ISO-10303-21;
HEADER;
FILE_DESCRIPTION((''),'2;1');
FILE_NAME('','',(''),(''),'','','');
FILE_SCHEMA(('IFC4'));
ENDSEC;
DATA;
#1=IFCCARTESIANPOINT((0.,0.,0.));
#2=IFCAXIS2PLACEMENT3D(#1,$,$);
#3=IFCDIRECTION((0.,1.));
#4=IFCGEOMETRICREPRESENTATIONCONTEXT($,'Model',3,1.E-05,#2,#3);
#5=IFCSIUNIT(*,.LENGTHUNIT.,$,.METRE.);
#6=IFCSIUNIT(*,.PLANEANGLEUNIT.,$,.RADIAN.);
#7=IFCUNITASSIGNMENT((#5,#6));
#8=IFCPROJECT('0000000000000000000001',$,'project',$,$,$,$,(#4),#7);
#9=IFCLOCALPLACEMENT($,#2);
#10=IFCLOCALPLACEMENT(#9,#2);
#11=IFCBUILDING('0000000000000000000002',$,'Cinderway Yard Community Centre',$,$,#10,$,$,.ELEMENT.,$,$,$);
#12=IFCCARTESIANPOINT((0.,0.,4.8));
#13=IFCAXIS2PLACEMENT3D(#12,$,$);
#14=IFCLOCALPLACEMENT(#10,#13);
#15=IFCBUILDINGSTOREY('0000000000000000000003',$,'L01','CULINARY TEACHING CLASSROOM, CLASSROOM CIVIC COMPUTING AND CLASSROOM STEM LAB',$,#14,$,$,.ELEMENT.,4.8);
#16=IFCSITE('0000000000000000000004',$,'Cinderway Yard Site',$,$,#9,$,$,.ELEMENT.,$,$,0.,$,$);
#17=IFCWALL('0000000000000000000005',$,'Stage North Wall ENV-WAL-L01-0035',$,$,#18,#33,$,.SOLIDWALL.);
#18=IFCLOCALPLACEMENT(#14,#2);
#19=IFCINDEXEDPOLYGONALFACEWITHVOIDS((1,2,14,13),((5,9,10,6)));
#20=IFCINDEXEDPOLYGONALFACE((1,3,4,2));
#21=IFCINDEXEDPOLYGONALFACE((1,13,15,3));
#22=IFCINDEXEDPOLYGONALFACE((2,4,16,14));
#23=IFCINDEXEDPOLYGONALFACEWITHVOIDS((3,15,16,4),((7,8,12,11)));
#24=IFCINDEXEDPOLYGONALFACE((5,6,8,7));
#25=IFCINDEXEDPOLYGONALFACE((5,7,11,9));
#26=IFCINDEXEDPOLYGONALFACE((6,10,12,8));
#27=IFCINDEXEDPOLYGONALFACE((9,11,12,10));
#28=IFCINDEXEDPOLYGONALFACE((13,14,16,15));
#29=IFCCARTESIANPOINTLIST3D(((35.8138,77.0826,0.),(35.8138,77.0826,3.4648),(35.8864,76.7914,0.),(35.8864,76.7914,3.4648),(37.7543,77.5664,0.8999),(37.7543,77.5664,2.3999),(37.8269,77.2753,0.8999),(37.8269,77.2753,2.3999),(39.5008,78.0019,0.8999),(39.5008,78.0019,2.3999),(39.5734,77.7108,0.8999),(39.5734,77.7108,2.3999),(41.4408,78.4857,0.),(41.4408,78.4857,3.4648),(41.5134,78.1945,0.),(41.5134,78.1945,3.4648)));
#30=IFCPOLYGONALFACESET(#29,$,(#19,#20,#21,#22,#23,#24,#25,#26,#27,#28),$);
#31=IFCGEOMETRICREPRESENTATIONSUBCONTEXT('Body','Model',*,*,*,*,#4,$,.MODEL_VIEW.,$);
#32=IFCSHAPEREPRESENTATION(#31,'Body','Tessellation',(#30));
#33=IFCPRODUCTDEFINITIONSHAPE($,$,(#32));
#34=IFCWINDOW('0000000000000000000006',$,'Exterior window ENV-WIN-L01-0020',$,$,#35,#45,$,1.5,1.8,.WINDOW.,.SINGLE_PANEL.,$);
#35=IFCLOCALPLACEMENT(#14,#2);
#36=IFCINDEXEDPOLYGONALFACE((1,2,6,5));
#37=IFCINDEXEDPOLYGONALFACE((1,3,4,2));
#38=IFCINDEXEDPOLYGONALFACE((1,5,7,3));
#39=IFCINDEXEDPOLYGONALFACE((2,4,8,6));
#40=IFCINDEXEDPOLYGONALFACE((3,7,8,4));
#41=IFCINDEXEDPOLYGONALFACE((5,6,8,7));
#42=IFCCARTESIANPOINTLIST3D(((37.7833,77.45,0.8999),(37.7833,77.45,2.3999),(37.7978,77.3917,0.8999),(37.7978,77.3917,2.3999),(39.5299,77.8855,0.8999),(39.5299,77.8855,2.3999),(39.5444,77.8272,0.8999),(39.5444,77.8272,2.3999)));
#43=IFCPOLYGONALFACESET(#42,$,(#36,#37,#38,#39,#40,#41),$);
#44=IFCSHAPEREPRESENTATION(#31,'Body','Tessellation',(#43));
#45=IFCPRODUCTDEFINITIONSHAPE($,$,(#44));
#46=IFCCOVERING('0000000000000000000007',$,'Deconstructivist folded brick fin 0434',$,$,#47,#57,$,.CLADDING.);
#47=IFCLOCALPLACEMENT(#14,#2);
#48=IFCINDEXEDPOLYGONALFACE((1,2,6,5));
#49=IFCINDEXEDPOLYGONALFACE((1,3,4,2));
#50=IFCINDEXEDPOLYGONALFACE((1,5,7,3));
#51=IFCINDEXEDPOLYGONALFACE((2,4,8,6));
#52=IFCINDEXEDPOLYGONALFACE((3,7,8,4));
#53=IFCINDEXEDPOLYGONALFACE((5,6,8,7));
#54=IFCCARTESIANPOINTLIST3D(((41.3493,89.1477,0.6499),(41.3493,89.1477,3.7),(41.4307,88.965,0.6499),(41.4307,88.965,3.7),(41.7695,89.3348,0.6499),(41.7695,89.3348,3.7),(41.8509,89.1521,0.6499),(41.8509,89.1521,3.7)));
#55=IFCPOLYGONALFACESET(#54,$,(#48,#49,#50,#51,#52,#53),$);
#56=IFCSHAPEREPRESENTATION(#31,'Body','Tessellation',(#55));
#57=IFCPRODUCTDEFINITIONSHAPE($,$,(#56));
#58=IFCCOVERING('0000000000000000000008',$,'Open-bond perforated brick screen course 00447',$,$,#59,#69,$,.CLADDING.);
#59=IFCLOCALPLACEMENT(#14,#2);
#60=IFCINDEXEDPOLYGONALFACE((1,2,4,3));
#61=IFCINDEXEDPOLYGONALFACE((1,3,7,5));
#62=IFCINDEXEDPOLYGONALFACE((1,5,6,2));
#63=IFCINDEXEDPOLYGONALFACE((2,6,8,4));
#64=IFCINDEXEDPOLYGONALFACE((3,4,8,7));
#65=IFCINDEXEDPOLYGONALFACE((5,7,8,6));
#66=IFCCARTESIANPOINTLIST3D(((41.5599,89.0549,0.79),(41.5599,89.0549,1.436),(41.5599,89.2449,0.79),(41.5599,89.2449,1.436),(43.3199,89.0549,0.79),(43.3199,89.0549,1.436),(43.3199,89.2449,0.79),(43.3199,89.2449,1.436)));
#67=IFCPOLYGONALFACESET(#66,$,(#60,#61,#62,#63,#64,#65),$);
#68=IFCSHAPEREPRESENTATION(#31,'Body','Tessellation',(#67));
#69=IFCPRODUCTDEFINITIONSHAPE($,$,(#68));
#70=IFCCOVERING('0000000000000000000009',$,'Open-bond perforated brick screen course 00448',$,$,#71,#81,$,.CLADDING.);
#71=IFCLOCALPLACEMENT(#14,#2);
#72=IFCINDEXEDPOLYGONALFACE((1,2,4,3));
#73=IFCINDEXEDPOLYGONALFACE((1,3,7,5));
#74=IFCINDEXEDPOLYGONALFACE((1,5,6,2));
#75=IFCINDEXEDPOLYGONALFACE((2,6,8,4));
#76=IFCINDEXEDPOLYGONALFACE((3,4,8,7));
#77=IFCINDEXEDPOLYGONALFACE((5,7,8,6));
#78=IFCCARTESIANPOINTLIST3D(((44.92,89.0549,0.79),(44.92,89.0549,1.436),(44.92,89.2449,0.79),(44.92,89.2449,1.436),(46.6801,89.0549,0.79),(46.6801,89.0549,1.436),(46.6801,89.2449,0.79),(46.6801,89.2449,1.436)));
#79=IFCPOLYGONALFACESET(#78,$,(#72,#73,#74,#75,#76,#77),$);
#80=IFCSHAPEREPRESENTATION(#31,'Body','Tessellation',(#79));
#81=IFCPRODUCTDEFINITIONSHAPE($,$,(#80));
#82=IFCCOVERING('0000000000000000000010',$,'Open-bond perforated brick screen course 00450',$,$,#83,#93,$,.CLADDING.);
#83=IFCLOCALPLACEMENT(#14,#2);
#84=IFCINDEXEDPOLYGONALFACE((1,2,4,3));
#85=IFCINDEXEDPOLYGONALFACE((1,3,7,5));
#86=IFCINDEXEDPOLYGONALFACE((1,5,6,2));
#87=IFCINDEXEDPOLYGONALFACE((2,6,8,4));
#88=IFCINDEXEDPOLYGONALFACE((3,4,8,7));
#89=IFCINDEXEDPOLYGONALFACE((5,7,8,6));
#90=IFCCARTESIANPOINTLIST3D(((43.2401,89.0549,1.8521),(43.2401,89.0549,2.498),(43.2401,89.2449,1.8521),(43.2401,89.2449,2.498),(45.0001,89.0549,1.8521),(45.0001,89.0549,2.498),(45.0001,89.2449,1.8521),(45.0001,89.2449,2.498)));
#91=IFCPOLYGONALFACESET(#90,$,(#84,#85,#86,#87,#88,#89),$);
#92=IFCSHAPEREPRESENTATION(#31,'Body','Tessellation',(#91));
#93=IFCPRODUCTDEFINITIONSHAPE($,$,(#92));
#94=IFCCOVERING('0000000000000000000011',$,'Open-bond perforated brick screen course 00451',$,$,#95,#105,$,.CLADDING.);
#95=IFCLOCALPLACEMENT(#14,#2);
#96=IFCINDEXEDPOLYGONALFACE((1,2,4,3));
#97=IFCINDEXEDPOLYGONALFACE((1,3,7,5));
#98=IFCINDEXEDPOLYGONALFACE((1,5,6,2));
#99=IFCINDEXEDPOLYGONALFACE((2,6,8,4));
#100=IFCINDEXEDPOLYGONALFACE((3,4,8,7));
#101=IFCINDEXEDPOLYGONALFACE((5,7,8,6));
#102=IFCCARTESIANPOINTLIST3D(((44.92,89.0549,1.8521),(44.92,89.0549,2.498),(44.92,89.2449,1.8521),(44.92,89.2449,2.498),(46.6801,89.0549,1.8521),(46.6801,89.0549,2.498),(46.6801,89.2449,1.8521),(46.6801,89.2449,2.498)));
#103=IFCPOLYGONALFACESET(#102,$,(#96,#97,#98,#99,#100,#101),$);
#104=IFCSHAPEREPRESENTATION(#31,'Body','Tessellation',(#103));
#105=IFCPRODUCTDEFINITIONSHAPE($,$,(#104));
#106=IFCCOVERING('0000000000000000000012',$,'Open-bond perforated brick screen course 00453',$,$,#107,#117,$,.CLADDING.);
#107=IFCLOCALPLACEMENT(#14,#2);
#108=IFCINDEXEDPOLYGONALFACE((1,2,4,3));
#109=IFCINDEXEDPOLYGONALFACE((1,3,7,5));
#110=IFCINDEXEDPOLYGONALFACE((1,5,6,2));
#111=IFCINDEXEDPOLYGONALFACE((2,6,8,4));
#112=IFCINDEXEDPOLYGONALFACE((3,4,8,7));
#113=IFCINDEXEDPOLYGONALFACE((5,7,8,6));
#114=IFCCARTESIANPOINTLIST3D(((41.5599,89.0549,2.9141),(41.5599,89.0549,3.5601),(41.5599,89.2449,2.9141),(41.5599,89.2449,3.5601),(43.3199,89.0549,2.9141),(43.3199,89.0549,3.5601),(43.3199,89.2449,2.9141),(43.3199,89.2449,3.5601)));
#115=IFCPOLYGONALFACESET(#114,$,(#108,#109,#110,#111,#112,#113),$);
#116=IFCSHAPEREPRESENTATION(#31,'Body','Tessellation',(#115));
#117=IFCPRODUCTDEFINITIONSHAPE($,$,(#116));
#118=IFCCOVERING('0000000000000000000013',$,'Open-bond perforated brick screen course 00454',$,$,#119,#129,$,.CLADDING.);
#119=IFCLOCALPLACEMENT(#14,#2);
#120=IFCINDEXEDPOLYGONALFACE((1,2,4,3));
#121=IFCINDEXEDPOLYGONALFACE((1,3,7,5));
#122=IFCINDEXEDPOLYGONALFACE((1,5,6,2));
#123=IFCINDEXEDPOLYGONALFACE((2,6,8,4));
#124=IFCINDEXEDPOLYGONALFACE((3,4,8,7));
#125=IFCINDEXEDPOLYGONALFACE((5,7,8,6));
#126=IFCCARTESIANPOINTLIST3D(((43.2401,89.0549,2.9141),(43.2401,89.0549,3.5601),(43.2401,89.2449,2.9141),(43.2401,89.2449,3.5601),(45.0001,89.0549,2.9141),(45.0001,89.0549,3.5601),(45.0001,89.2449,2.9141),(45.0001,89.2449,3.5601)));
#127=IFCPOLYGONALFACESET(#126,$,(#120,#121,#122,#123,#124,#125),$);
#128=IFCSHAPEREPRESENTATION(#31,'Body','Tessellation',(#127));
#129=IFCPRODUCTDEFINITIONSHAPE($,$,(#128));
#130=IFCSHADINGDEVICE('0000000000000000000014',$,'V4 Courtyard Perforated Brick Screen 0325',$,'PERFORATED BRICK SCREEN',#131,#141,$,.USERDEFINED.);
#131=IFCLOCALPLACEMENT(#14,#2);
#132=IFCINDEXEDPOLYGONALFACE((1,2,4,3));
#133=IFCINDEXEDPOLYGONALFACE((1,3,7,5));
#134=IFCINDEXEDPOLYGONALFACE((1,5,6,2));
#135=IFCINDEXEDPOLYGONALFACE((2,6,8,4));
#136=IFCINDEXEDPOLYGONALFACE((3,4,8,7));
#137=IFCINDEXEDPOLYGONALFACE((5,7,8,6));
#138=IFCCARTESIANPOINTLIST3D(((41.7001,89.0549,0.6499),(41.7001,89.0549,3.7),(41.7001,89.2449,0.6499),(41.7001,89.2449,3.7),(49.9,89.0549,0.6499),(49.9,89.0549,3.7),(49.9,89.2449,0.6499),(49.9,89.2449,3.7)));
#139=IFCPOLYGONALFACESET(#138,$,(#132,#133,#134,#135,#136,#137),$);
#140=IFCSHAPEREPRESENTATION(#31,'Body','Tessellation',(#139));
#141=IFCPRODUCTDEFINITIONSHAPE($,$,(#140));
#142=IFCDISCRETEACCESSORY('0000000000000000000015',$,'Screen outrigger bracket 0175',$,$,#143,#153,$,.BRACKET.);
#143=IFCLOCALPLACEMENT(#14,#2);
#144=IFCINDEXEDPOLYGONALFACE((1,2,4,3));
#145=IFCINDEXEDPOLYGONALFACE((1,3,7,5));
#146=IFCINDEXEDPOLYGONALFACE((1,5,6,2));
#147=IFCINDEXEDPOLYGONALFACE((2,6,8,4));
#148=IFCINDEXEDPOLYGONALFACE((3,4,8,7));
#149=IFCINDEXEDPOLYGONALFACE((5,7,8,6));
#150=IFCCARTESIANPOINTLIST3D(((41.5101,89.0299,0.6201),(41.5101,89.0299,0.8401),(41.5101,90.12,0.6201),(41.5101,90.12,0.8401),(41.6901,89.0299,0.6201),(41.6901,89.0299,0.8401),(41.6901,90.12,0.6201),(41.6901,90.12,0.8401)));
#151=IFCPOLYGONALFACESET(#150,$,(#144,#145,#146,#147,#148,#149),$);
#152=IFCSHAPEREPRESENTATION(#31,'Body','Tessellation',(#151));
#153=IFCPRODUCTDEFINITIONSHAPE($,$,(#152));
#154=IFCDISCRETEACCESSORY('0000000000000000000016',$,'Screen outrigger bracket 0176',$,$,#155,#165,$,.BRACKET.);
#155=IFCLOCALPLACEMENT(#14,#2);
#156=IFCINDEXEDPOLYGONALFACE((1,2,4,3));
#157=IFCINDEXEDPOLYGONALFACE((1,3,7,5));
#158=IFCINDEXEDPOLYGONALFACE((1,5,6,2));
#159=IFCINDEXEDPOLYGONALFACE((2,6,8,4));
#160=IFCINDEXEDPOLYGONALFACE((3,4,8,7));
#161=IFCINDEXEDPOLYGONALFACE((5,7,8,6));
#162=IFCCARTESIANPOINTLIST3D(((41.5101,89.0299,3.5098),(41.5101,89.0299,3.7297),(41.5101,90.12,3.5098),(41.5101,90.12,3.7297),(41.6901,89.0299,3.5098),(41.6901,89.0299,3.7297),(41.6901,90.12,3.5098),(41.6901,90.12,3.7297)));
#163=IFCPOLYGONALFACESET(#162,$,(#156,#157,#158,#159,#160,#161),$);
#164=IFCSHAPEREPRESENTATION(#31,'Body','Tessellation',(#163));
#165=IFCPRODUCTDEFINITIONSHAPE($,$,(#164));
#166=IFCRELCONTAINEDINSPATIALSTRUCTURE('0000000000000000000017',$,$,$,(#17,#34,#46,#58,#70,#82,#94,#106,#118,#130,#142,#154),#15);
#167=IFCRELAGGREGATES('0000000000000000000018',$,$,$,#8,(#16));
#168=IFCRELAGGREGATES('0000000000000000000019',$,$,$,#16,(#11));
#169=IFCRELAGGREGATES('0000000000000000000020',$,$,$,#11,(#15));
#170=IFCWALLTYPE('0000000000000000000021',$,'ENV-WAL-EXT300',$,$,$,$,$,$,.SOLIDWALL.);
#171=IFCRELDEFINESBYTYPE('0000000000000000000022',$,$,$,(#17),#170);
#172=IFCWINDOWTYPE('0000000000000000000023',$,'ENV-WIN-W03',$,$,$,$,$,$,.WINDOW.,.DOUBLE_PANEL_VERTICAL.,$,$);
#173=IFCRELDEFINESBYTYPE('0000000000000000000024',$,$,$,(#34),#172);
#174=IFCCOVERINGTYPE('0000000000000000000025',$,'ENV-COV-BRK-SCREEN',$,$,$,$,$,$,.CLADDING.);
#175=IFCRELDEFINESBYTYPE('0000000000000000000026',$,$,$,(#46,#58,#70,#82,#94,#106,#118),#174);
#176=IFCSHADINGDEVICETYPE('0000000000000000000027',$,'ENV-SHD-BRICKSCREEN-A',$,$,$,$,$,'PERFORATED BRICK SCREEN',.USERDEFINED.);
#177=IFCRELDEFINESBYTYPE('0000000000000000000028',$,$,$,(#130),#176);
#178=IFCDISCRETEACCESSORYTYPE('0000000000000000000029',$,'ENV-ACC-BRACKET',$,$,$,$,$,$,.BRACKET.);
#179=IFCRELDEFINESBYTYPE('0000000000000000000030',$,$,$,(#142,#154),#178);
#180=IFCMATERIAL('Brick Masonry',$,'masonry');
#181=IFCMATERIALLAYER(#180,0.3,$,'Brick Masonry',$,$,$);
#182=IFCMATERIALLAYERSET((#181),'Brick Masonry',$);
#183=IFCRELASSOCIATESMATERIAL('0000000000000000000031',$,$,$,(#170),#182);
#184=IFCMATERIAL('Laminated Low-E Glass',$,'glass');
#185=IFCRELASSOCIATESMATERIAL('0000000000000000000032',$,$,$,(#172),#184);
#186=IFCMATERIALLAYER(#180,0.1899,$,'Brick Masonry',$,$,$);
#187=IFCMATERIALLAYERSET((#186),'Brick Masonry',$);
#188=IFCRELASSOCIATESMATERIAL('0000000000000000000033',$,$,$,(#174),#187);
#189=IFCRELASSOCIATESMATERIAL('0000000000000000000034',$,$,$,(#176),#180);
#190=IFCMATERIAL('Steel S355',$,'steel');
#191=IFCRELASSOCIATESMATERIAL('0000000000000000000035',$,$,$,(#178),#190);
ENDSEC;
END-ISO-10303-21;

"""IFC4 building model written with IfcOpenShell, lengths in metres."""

from ifc_helpers import new_model, si_unit, direction, frame, frame_2d, origin, origin_2d, place, context, subcontext, project, spatial, rectangle, extrude, material, layer, layer_set, type_object, element, fill, save


model = new_model("IFC4")

# Units and contexts
model_context = context("Model", 3, precision=1e-05, world=origin(), true_north=direction((0.0, 1.0)))
body_context = subcontext(model_context, "Body", "Model", "MODEL_VIEW")
ifc_project = project(units=[si_unit("LENGTHUNIT", "METRE"), si_unit("PLANEANGLEUNIT", "RADIAN")], contexts=[model_context])

# Site, building, storey
site_placement = place(None, origin())
site = spatial("IfcSite", under=ifc_project, at=site_placement, Name="Cinderway Yard Site", CompositionType="ELEMENT", RefElevation=0.0)
building_placement = place(site_placement, origin())
building = spatial("IfcBuilding", under=site, at=building_placement, Name="Cinderway Yard Community Centre", CompositionType="ELEMENT")
storey_placement = place(building_placement, frame((0.0, 0.0, 4.8)))
storey = spatial("IfcBuildingStorey", under=building, at=storey_placement, Name="L01", Description="CULINARY TEACHING CLASSROOM, CLASSROOM CIVIC COMPUTING AND CLASSROOM STEM LAB", CompositionType="ELEMENT", Elevation=4.8)

# Shared definitions
ifc_material_1 = material(Name="Steel S355", Category="steel")

# Wall, opening, window
ifc_material_2 = material(Name="Brick Masonry", Category="masonry")
ifc_layer_1 = layer(ifc_material_2, 0.3, Name="Brick Masonry")
ifc_layer_set_1 = layer_set([ifc_layer_1], Name="Brick Masonry")
wall_type_1 = type_object("IfcWallType", Name="ENV-WAL-EXT300", PredefinedType="SOLIDWALL", material=ifc_layer_set_1)
wall_1_placement = place(storey_placement, frame((35.8501, 76.937, 0.0), z_axis=(0.0, 0.0, 1.0), x_axis=(0.970291, 0.241941, 0.0)))
wall_1 = element("IfcWall", 1, at=wall_1_placement, inside=storey, type_object=wall_type_1, Name="Stage North Wall ENV-WAL-L01-0035", PredefinedType="SOLIDWALL", context=body_context, shape_type="SweptSolid", body=[
    extrude(rectangle(XDim=5.7993, YDim=0.3, at=frame_2d((2.8997, 0.0))), origin(), (0.0, 0.0, 1.0), 3.4648),
])
opening_1_placement = place(wall_1_placement, frame((2.0, 0.0, 0.8999)))
opening_1 = element("IfcOpeningElement", 2, at=opening_1_placement, cuts=wall_1, PredefinedType="OPENING", context=body_context, shape_type="SweptSolid", body=[
    extrude(rectangle(XDim=1.8, YDim=1.5, at=frame_2d((0.8999, 0.75))), frame((0.0, 0.1599, 0.0), z_axis=(0.0, -1.0, 0.0), x_axis=(1.0, 0.0, 0.0)), (0.0, 0.0, 1.0), 0.3201),
])
ifc_material_3 = material(Name="Laminated Low-E Glass", Category="glass")
window_type = type_object("IfcWindowType", Name="ENV-WIN-W03", PartitioningType="DOUBLE_PANEL_VERTICAL", PredefinedType="WINDOW", material=ifc_material_3)
window_placement = place(opening_1_placement, origin())
window = element("IfcWindow", 3, at=window_placement, inside=storey, type_object=window_type, Name="Exterior window ENV-WIN-L01-0020", OverallHeight=1.5, OverallWidth=1.8, PartitioningType="SINGLE_PANEL", PredefinedType="WINDOW", context=body_context, shape_type="SweptSolid", body=[
    extrude(rectangle(XDim=1.8, YDim=1.5, at=frame_2d((0.8999, 0.75))), frame((0.0, 0.03, 0.0), z_axis=(0.0, -1.0, 0.0), x_axis=(1.0, 0.0, 0.0)), (0.0, 0.0, 1.0), 0.0601),
])
fill(opening_1, window)

# Coverings
ifc_layer_2 = layer(ifc_material_2, 0.1899, Name="Brick Masonry")
ifc_layer_set_2 = layer_set([ifc_layer_2], Name="Brick Masonry")
covering_type = type_object("IfcCoveringType", Name="ENV-COV-BRK-SCREEN", PredefinedType="CLADDING", material=ifc_layer_set_2)
covering_placement = place(storey_placement, frame((41.6001, 89.1499, 0.6499), z_axis=(0.0, 0.0, 1.0), x_axis=(-0.913545, -0.406737, 0.0)))
element("IfcCovering", 4, at=covering_placement, inside=storey, type_object=covering_type, Name="Deconstructivist folded brick fin 0434", PredefinedType="CLADDING", context=body_context, shape_type="SweptSolid", body=[
    extrude(rectangle(XDim=0.46, YDim=0.2, at=origin_2d()), origin(), (0.0, 0.0, 1.0), 3.05),
])
for number, where, z_axis, x_axis, name in (
    (5, (42.4399, 89.1499, 0.79), (0.0, 0.0, 1.0), (-1.0, 0.0, 0.0), "Open-bond perforated brick screen course 00447"),
    (6, (45.8, 89.1499, 0.79), (0.0, 0.0, 1.0), (-1.0, 0.0, 0.0), "Open-bond perforated brick screen course 00448"),
    (7, (44.1201, 89.1499, 1.8521), (0.0, 0.0, 1.0), (-1.0, 0.0, 0.0), "Open-bond perforated brick screen course 00450"),
    (8, (45.8, 89.1499, 1.8521), (0.0, 0.0, 1.0), (-1.0, 0.0, 0.0), "Open-bond perforated brick screen course 00451"),
    (9, (42.4399, 89.1499, 2.9141), (0.0, 0.0, 1.0), (-1.0, 0.0, 0.0), "Open-bond perforated brick screen course 00453"),
    (10, (44.1201, 89.1499, 2.9141), (0.0, 0.0, 1.0), (-1.0, 0.0, 0.0), "Open-bond perforated brick screen course 00454"),
):
    element("IfcCovering", number, at=place(storey_placement, frame(where, z_axis=z_axis, x_axis=x_axis)), inside=storey, type_object=covering_type, Name=name, PredefinedType="CLADDING", context=body_context, shape_type="SweptSolid", body=[
        extrude(rectangle(XDim=1.76, YDim=0.1899, at=origin_2d()), origin(), (0.0, 0.0, 1.0), 0.646),
    ])

# Shading device
shading_device_type = type_object("IfcShadingDeviceType", Name="ENV-SHD-BRICKSCREEN-A", ElementType="PERFORATED BRICK SCREEN", PredefinedType="USERDEFINED", material=ifc_material_2)
shading_device_placement = place(storey_placement, frame((45.8, 89.1499, 0.6499), z_axis=(0.0, 0.0, 1.0), x_axis=(-1.0, 0.0, 0.0)))
element("IfcShadingDevice", 11, at=shading_device_placement, inside=storey, type_object=shading_device_type, Name="V4 Courtyard Perforated Brick Screen 0325", ObjectType="PERFORATED BRICK SCREEN", PredefinedType="USERDEFINED", context=body_context, shape_type="SweptSolid", body=[
    extrude(rectangle(XDim=8.2, YDim=0.1899, at=origin_2d()), origin(), (0.0, 0.0, 1.0), 3.05),
])

# Discrete accessories
discrete_accessory_type = type_object("IfcDiscreteAccessoryType", Name="ENV-ACC-BRACKET", PredefinedType="BRACKET", material=ifc_material_1)
for number, where, z_axis, x_axis, name in (
    (12, (41.6001, 89.575, 0.6201), (0.0, 0.0, 1.0), (0.0, -1.0, 0.0), "Screen outrigger bracket 0175"),
    (13, (41.6001, 89.575, 3.5098), (0.0, 0.0, 1.0), (0.0, -1.0, 0.0), "Screen outrigger bracket 0176"),
):
    element("IfcDiscreteAccessory", number, at=place(storey_placement, frame(where, z_axis=z_axis, x_axis=x_axis)), inside=storey, type_object=discrete_accessory_type, Name=name, PredefinedType="BRACKET", context=body_context, shape_type="SweptSolid", body=[
        extrude(rectangle(XDim=1.0901, YDim=0.1799, at=origin_2d()), origin(), (0.0, 0.0, 1.0), 0.22),
    ])

save(model, "model.ifc")
